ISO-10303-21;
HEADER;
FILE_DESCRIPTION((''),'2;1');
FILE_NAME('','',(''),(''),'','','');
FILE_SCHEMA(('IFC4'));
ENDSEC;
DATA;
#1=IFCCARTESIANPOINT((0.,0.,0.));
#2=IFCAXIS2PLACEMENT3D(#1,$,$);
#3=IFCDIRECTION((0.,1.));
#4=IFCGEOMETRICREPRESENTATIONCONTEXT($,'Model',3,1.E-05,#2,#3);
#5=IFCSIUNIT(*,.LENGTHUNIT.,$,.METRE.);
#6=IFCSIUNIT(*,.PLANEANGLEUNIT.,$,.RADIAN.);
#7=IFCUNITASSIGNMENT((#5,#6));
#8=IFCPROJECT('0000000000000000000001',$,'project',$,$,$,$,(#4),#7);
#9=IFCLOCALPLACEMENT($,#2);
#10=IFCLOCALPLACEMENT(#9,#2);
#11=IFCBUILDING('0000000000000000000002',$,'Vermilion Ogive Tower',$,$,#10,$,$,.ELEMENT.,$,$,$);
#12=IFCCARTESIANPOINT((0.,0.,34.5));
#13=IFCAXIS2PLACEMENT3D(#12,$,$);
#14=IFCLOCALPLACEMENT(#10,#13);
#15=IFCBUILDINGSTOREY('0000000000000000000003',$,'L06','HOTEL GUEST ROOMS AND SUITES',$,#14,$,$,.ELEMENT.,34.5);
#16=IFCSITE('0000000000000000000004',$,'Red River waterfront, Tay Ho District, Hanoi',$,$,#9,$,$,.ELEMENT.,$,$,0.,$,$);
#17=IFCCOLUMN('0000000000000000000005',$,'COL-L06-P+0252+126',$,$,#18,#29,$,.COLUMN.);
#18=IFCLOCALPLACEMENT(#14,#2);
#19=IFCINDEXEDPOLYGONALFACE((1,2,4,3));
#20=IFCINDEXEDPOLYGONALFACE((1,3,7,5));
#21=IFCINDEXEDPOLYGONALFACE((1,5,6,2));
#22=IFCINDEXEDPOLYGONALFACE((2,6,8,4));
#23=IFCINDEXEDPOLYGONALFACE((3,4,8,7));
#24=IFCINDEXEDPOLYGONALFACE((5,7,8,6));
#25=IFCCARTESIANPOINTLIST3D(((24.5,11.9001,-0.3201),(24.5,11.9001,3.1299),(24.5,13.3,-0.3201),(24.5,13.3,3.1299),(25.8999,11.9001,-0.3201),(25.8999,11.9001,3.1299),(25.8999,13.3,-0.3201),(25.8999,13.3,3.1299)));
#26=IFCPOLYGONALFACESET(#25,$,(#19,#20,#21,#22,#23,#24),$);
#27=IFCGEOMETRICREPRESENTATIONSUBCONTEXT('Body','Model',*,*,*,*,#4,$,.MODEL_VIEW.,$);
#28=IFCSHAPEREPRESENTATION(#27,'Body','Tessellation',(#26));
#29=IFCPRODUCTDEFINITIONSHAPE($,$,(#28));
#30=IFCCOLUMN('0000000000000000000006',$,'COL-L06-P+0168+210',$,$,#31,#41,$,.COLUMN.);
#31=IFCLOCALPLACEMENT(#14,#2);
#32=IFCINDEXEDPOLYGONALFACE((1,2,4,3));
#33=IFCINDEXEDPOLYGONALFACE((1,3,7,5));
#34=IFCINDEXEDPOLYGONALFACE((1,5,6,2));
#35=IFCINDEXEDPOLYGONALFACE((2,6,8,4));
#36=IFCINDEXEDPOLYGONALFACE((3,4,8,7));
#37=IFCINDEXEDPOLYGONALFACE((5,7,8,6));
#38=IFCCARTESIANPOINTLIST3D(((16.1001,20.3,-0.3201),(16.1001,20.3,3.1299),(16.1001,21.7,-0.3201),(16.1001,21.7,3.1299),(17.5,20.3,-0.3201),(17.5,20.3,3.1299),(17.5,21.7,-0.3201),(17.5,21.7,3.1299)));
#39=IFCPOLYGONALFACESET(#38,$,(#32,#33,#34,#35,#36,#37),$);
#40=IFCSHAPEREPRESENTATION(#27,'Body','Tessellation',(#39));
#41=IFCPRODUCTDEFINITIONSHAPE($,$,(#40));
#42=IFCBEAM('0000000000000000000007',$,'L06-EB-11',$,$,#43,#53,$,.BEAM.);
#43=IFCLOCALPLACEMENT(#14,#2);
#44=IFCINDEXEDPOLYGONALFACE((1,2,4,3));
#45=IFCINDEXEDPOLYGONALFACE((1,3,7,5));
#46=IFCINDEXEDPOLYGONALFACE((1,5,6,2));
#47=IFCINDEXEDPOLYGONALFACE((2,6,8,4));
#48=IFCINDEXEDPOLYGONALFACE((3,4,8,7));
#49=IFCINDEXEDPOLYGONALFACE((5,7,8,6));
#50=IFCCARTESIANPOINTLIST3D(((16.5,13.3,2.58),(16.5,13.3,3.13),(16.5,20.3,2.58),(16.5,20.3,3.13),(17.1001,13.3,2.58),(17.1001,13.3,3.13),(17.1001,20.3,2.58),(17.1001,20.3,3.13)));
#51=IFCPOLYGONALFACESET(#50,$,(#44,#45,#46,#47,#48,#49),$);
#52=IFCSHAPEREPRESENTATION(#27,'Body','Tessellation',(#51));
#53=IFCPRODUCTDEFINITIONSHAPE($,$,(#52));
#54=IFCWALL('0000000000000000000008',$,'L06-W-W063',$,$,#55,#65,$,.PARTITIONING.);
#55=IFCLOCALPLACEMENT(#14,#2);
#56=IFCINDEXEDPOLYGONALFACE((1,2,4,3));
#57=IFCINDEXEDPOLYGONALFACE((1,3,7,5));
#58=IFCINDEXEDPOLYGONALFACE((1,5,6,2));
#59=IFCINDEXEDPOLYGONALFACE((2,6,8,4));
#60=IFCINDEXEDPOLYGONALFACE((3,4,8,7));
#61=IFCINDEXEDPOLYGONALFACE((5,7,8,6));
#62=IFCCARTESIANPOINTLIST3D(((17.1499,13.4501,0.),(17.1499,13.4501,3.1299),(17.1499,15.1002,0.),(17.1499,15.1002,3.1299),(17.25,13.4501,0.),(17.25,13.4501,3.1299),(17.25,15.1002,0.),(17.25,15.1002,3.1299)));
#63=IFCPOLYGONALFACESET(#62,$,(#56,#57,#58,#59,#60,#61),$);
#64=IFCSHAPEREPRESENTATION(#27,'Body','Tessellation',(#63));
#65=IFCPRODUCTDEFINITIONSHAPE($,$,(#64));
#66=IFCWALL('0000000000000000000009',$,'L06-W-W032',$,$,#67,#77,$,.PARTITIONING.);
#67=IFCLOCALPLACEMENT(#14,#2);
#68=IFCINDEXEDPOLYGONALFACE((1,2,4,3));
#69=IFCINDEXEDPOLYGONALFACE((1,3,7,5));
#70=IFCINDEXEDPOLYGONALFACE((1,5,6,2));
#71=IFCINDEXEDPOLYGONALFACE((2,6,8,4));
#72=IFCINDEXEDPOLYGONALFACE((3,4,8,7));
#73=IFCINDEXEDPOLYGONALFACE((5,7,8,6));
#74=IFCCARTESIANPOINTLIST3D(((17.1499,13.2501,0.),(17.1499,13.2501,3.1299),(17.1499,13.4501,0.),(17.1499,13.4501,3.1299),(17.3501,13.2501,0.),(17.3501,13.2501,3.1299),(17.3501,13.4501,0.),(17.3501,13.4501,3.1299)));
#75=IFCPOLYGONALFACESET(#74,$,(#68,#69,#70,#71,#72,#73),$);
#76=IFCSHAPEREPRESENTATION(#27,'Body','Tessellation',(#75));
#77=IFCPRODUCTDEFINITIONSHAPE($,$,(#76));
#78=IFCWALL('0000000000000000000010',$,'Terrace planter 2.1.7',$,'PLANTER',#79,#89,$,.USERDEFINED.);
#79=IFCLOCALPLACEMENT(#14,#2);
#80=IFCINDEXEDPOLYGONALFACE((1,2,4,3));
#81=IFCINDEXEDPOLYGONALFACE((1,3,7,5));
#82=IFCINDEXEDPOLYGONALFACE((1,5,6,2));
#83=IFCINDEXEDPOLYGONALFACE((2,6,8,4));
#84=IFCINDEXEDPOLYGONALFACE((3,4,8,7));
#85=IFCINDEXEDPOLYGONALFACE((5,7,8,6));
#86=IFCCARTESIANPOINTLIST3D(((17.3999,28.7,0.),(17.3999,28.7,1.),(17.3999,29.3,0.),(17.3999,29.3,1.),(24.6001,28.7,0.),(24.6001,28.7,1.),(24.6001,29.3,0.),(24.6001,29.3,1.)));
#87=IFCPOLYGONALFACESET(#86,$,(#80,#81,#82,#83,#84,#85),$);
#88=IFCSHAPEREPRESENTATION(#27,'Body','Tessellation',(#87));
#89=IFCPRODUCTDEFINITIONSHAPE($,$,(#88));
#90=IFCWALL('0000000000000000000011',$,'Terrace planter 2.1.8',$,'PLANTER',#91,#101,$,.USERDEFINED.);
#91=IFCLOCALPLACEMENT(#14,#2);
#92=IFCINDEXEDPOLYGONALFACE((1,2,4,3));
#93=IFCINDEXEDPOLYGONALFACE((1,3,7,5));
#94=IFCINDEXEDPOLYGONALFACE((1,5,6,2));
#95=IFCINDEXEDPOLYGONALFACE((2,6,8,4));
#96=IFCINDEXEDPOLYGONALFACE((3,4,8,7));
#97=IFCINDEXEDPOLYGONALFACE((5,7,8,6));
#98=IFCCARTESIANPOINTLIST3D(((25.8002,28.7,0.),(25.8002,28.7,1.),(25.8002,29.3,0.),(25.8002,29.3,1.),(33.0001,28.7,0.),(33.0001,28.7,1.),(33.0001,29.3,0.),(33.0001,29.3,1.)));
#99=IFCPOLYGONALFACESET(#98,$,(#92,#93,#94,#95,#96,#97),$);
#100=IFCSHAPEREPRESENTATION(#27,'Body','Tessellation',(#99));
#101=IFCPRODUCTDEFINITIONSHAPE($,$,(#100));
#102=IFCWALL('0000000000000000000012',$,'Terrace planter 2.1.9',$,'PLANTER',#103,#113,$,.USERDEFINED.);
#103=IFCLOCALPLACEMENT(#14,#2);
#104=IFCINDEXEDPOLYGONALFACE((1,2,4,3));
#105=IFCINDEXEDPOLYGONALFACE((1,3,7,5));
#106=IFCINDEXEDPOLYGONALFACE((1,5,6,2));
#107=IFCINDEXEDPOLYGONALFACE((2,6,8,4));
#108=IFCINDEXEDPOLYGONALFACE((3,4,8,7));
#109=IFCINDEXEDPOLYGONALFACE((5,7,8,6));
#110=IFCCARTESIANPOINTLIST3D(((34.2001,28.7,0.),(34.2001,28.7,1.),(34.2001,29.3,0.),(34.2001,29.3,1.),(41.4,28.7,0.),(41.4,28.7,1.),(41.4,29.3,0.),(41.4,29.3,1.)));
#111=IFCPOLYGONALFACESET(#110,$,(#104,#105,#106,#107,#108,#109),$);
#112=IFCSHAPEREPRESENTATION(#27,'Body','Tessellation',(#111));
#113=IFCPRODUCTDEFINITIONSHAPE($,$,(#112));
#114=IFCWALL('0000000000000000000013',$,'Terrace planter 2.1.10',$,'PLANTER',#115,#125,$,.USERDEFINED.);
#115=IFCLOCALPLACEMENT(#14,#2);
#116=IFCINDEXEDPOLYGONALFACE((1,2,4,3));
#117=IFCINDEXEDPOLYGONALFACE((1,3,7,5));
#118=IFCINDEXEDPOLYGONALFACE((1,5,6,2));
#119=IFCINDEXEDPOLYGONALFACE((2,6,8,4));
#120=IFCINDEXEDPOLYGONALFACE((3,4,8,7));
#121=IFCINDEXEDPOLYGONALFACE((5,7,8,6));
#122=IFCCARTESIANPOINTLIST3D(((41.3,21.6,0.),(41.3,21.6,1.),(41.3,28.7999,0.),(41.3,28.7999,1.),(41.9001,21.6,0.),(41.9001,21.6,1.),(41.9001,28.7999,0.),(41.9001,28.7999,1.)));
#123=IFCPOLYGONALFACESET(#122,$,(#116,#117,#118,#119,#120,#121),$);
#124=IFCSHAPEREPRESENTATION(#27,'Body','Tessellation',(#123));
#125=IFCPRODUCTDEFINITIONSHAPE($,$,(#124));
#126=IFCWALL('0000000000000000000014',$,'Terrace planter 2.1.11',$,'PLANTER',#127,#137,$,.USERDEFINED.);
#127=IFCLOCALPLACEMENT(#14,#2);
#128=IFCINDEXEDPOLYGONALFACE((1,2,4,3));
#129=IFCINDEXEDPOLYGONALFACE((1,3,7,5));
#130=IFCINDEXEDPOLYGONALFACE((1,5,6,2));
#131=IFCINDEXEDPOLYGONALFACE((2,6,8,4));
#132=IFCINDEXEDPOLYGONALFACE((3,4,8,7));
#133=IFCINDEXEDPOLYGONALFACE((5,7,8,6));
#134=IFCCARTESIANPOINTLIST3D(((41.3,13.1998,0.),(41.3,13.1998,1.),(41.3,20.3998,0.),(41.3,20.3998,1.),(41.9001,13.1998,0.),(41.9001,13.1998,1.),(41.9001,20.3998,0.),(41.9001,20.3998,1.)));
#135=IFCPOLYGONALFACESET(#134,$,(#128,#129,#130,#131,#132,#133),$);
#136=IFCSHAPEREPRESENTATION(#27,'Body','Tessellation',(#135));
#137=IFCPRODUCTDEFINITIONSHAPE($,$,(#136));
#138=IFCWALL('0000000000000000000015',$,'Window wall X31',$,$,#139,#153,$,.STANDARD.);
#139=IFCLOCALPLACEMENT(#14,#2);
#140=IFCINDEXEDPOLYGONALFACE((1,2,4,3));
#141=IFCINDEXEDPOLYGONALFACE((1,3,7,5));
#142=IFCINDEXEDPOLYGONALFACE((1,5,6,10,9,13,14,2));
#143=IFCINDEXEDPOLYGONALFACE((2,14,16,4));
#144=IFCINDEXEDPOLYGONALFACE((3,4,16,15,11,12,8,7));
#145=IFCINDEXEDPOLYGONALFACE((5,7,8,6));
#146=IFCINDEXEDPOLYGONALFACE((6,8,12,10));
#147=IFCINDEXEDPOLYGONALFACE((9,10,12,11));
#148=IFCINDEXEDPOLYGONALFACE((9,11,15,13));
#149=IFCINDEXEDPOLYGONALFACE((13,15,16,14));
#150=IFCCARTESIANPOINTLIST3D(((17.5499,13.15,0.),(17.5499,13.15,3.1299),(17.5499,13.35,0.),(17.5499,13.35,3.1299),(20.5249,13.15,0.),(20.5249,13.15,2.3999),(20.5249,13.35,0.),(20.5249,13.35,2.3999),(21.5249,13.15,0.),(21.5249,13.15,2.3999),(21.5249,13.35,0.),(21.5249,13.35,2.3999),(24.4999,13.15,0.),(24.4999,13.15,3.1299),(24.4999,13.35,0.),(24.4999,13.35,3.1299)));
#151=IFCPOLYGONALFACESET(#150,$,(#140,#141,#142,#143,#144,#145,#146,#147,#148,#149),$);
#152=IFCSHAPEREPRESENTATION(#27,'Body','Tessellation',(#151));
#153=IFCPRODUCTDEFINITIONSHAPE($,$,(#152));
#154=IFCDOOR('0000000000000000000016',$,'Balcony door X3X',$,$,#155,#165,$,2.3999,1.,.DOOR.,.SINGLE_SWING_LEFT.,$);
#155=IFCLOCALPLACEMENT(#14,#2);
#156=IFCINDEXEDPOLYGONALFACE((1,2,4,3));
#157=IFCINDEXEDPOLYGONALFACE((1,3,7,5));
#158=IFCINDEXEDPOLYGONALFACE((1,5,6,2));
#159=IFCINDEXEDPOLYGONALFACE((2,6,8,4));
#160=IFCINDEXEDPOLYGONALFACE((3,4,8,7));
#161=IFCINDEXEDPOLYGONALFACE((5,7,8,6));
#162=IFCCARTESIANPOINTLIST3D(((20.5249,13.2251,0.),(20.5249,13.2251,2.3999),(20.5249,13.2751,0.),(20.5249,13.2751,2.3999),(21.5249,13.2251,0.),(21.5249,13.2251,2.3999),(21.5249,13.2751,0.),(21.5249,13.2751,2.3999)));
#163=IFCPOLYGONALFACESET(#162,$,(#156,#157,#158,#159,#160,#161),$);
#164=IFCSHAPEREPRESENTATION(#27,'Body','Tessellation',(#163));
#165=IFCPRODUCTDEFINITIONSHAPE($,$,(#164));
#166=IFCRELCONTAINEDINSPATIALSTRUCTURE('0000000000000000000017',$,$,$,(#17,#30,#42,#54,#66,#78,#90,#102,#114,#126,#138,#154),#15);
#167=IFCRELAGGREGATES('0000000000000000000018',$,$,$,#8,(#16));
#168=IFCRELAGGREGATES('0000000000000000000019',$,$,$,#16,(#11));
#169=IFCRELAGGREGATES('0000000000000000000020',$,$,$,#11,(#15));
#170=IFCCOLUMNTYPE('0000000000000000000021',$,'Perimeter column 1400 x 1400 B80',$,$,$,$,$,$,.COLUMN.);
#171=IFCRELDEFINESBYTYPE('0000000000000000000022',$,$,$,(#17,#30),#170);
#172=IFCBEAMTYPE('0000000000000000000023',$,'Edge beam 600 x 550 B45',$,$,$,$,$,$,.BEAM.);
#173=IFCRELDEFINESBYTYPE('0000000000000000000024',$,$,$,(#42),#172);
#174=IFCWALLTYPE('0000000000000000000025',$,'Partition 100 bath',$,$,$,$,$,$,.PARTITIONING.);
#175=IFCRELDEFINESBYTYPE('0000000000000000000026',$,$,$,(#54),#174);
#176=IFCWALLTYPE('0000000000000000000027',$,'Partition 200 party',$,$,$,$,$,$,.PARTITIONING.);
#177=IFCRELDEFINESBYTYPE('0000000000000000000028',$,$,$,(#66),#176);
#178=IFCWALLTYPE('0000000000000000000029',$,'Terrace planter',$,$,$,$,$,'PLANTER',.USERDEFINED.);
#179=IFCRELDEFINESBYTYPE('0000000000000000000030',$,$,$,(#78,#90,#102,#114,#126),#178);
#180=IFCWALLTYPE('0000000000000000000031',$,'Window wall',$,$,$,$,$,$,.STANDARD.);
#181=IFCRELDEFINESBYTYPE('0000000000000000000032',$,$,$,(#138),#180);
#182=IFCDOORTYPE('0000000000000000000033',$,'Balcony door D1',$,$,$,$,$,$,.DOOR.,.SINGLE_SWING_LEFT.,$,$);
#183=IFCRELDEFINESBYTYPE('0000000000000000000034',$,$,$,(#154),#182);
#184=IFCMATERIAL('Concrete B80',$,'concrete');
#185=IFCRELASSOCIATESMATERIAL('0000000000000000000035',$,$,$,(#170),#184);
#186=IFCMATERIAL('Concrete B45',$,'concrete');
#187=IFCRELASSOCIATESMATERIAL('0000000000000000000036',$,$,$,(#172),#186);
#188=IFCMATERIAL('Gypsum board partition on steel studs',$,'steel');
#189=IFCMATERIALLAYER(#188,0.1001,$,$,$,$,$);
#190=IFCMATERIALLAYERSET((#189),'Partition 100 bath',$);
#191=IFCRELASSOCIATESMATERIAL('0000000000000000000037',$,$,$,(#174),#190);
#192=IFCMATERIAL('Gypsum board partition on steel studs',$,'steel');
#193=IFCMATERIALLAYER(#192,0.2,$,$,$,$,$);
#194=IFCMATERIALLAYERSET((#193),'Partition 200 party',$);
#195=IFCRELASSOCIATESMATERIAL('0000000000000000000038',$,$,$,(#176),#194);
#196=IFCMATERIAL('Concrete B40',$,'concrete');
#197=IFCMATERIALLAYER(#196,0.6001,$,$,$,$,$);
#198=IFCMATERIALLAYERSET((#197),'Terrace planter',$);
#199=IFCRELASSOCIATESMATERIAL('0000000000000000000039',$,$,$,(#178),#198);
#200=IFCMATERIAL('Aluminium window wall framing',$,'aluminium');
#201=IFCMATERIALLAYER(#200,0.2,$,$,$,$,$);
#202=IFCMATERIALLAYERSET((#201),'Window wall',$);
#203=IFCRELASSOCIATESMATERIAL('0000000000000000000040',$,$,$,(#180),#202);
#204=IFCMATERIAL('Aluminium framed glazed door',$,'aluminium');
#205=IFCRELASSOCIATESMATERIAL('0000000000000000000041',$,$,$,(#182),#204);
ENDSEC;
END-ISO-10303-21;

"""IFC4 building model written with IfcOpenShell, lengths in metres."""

from ifc_helpers import new_model, si_unit, direction, frame, frame_2d, origin, origin_2d, place, context, subcontext, project, spatial, rectangle, extrude, material, layer, layer_set, material_profile, profile_set, type_object, element, fill, save


model = new_model("IFC4")

# Units and contexts
model_context = context("Model", 3, precision=1e-05, world=origin(), true_north=direction((0.0, 1.0)))
body_context = subcontext(model_context, "Body", "Model", "MODEL_VIEW")
ifc_project = project(units=[si_unit("LENGTHUNIT", "METRE"), si_unit("PLANEANGLEUNIT", "RADIAN")], contexts=[model_context])

# Site, building, storey
site_placement = place(None, origin())
site = spatial("IfcSite", under=ifc_project, at=site_placement, Name="Red River waterfront, Tay Ho District, Hanoi", CompositionType="ELEMENT", RefElevation=0.0)
building_placement = place(site_placement, origin())
building = spatial("IfcBuilding", under=site, at=building_placement, Name="Vermilion Ogive Tower", CompositionType="ELEMENT")
storey_placement = place(building_placement, frame((0.0, 0.0, 34.5)))
storey = spatial("IfcBuildingStorey", under=building, at=storey_placement, Name="L06", Description="HOTEL GUEST ROOMS AND SUITES", CompositionType="ELEMENT", Elevation=34.5)

# Columns
ifc_material_1 = material(Name="Concrete B80", Category="concrete")
ifc_material_profile_1 = material_profile(ifc_material_1, rectangle(XDim=1.3999, YDim=1.3999, at=origin_2d()), Name="1400 x 1400")
ifc_profile_set_1 = profile_set([ifc_material_profile_1], Name="Concrete B80")
column_type = type_object("IfcColumnType", Name="Perimeter column 1400 x 1400 B80", PredefinedType="COLUMN", material=ifc_profile_set_1)
for number, where, z_axis, x_axis, name in (
    (1, (25.2, 12.6001, -0.3201), (0.0, 0.0, 1.0), (1.0, 0.0, 0.0), "COL-L06-P+0252+126"),
    (2, (16.8, 21.0, -0.3201), (0.0, 0.0, 1.0), (1.0, 0.0, 0.0), "COL-L06-P+0168+210"),
):
    element("IfcColumn", number, at=place(storey_placement, frame(where, z_axis=z_axis, x_axis=x_axis)), inside=storey, type_object=column_type, Name=name, PredefinedType="COLUMN", context=body_context, shape_type="SweptSolid", body=[
        extrude(rectangle(XDim=1.3999, YDim=1.3999, at=origin_2d()), origin(), (0.0, 0.0, 1.0), 3.45),
    ])

# Beam
ifc_material_2 = material(Name="Concrete B45", Category="concrete")
ifc_material_profile_2 = material_profile(ifc_material_2, rectangle(XDim=0.6001, YDim=0.55, at=origin_2d()), Name="600 x 550")
ifc_profile_set_2 = profile_set([ifc_material_profile_2], Name="Concrete B45")
beam_type = type_object("IfcBeamType", Name="Edge beam 600 x 550 B45", PredefinedType="BEAM", material=ifc_profile_set_2)
beam_placement = place(storey_placement, frame((16.8, 13.3, 2.855), z_axis=(0.0, 1.0, 0.0), x_axis=(-1.0, 0.0, 0.0)))
element("IfcBeam", 3, at=beam_placement, inside=storey, type_object=beam_type, Name="L06-EB-11", PredefinedType="BEAM", context=body_context, shape_type="SweptSolid", body=[
    extrude(rectangle(XDim=0.6001, YDim=0.55, at=origin_2d()), origin(), (0.0, 0.0, 1.0), 7.0),
])

# Walls
ifc_material_3 = material(Name="Gypsum board partition on steel studs", Category="steel")
ifc_layer_1 = layer(ifc_material_3, 0.1001)
ifc_layer_set_1 = layer_set([ifc_layer_1], Name="Partition 100 bath")
wall_type_1 = type_object("IfcWallType", Name="Partition 100 bath", PredefinedType="PARTITIONING", material=ifc_layer_set_1)
wall_1_placement = place(storey_placement, frame((17.2, 13.45, 0.0), z_axis=(0.0, 0.0, 1.0), x_axis=(0.0, 1.0, 0.0)))
element("IfcWall", 4, at=wall_1_placement, inside=storey, type_object=wall_type_1, Name="L06-W-W063", PredefinedType="PARTITIONING", context=body_context, shape_type="SweptSolid", body=[
    extrude(rectangle(XDim=1.6501, YDim=0.1001, at=frame_2d((0.8252, 0.0))), origin(), (0.0, 0.0, 1.0), 3.1299),
])
ifc_material_4 = material(Name="Gypsum board partition on steel studs", Category="steel")
ifc_layer_2 = layer(ifc_material_4, 0.2)
ifc_layer_set_2 = layer_set([ifc_layer_2], Name="Partition 200 party")
wall_type_2 = type_object("IfcWallType", Name="Partition 200 party", PredefinedType="PARTITIONING", material=ifc_layer_set_2)
wall_2_placement = place(storey_placement, frame((17.1499, 13.3501, 0.0), z_axis=(0.0, 0.0, 1.0), x_axis=(1.0, 0.0, 0.0)))
element("IfcWall", 5, at=wall_2_placement, inside=storey, type_object=wall_type_2, Name="L06-W-W032", PredefinedType="PARTITIONING", context=body_context, shape_type="SweptSolid", body=[
    extrude(rectangle(XDim=0.2002, YDim=0.2, at=frame_2d((0.1001, 0.0))), origin(), (0.0, 0.0, 1.0), 3.1299),
])
ifc_material_5 = material(Name="Concrete B40", Category="concrete")
ifc_layer_3 = layer(ifc_material_5, 0.6001)
ifc_layer_set_3 = layer_set([ifc_layer_3], Name="Terrace planter")
wall_type_3 = type_object("IfcWallType", Name="Terrace planter", ElementType="PLANTER", PredefinedType="USERDEFINED", material=ifc_layer_set_3)
wall_3_placement = place(storey_placement, frame((17.3999, 29.0, 0.0), z_axis=(0.0, 0.0, 1.0), x_axis=(1.0, 0.0, 0.0)))
element("IfcWall", 6, at=wall_3_placement, inside=storey, type_object=wall_type_3, Name="Terrace planter 2.1.7", ObjectType="PLANTER", PredefinedType="USERDEFINED", context=body_context, shape_type="SweptSolid", body=[
    extrude(rectangle(XDim=7.2002, YDim=0.6001, at=frame_2d((3.6001, 0.0))), origin(), (0.0, 0.0, 1.0), 1.0),
])
for number, where, z_axis, x_axis, name in (
    (7, (25.8, 29.0, 0.0), (0.0, 0.0, 1.0), (1.0, 0.0, 0.0), "Terrace planter 2.1.8"),
    (8, (34.2, 29.0, 0.0), (0.0, 0.0, 1.0), (1.0, 0.0, 0.0), "Terrace planter 2.1.9"),
    (9, (41.6001, 28.8, 0.0), (0.0, 0.0, 1.0), (0.0, -1.0, 0.0), "Terrace planter 2.1.10"),
    (10, (41.6001, 20.3999, 0.0), (0.0, 0.0, 1.0), (0.0, -1.0, 0.0), "Terrace planter 2.1.11"),
):
    element("IfcWall", number, at=place(storey_placement, frame(where, z_axis=z_axis, x_axis=x_axis)), inside=storey, type_object=wall_type_3, Name=name, ObjectType="PLANTER", PredefinedType="USERDEFINED", context=body_context, shape_type="SweptSolid", body=[
        extrude(rectangle(XDim=7.2, YDim=0.6001, at=frame_2d((3.6001, 0.0))), origin(), (0.0, 0.0, 1.0), 1.0),
    ])

# Wall, opening, door
ifc_material_6 = material(Name="Aluminium window wall framing", Category="aluminium")
ifc_layer_4 = layer(ifc_material_6, 0.2)
ifc_layer_set_4 = layer_set([ifc_layer_4], Name="Window wall")
wall_type_4 = type_object("IfcWallType", Name="Window wall", PredefinedType="STANDARD", material=ifc_layer_set_4)
wall_4_placement = place(storey_placement, frame((24.5, 13.25, 0.0), z_axis=(0.0, 0.0, 1.0), x_axis=(-1.0, 0.0, 0.0)))
wall_4 = element("IfcWall", 11, at=wall_4_placement, inside=storey, type_object=wall_type_4, Name="Window wall X31", PredefinedType="STANDARD", context=body_context, shape_type="SweptSolid", body=[
    extrude(rectangle(XDim=6.95, YDim=0.2, at=frame_2d((3.4751, 0.0))), origin(), (0.0, 0.0, 1.0), 3.1299),
])
opening_1_placement = place(wall_4_placement, frame((2.9751, 0.0, 0.0)))
opening_1 = element("IfcOpeningElement", 12, at=opening_1_placement, cuts=wall_4, PredefinedType="OPENING", context=body_context, shape_type="SweptSolid", body=[
    extrude(rectangle(XDim=1.0, YDim=2.3999, at=frame_2d((0.5, 1.2))), frame((0.0, 0.1099, 0.0), z_axis=(0.0, -1.0, 0.0), x_axis=(1.0, 0.0, 0.0)), (0.0, 0.0, 1.0), 0.22),
])
ifc_material_7 = material(Name="Aluminium framed glazed door", Category="aluminium")
door_type = type_object("IfcDoorType", Name="Balcony door D1", OperationType="SINGLE_SWING_LEFT", PredefinedType="DOOR", material=ifc_material_7)
door_1_placement = place(opening_1_placement, origin())
door_1 = element("IfcDoor", 13, at=door_1_placement, inside=storey, type_object=door_type, Name="Balcony door X3X", OperationType="SINGLE_SWING_LEFT", OverallHeight=2.3999, OverallWidth=1.0, PredefinedType="DOOR", context=body_context, shape_type="SweptSolid", body=[
    extrude(rectangle(XDim=1.0, YDim=2.3999, at=frame_2d((0.5, 1.2))), frame((0.0, 0.0249, 0.0), z_axis=(0.0, -1.0, 0.0), x_axis=(1.0, 0.0, 0.0)), (0.0, 0.0, 1.0), 0.05),
])
fill(opening_1, door_1)

save(model, "model.ifc")
